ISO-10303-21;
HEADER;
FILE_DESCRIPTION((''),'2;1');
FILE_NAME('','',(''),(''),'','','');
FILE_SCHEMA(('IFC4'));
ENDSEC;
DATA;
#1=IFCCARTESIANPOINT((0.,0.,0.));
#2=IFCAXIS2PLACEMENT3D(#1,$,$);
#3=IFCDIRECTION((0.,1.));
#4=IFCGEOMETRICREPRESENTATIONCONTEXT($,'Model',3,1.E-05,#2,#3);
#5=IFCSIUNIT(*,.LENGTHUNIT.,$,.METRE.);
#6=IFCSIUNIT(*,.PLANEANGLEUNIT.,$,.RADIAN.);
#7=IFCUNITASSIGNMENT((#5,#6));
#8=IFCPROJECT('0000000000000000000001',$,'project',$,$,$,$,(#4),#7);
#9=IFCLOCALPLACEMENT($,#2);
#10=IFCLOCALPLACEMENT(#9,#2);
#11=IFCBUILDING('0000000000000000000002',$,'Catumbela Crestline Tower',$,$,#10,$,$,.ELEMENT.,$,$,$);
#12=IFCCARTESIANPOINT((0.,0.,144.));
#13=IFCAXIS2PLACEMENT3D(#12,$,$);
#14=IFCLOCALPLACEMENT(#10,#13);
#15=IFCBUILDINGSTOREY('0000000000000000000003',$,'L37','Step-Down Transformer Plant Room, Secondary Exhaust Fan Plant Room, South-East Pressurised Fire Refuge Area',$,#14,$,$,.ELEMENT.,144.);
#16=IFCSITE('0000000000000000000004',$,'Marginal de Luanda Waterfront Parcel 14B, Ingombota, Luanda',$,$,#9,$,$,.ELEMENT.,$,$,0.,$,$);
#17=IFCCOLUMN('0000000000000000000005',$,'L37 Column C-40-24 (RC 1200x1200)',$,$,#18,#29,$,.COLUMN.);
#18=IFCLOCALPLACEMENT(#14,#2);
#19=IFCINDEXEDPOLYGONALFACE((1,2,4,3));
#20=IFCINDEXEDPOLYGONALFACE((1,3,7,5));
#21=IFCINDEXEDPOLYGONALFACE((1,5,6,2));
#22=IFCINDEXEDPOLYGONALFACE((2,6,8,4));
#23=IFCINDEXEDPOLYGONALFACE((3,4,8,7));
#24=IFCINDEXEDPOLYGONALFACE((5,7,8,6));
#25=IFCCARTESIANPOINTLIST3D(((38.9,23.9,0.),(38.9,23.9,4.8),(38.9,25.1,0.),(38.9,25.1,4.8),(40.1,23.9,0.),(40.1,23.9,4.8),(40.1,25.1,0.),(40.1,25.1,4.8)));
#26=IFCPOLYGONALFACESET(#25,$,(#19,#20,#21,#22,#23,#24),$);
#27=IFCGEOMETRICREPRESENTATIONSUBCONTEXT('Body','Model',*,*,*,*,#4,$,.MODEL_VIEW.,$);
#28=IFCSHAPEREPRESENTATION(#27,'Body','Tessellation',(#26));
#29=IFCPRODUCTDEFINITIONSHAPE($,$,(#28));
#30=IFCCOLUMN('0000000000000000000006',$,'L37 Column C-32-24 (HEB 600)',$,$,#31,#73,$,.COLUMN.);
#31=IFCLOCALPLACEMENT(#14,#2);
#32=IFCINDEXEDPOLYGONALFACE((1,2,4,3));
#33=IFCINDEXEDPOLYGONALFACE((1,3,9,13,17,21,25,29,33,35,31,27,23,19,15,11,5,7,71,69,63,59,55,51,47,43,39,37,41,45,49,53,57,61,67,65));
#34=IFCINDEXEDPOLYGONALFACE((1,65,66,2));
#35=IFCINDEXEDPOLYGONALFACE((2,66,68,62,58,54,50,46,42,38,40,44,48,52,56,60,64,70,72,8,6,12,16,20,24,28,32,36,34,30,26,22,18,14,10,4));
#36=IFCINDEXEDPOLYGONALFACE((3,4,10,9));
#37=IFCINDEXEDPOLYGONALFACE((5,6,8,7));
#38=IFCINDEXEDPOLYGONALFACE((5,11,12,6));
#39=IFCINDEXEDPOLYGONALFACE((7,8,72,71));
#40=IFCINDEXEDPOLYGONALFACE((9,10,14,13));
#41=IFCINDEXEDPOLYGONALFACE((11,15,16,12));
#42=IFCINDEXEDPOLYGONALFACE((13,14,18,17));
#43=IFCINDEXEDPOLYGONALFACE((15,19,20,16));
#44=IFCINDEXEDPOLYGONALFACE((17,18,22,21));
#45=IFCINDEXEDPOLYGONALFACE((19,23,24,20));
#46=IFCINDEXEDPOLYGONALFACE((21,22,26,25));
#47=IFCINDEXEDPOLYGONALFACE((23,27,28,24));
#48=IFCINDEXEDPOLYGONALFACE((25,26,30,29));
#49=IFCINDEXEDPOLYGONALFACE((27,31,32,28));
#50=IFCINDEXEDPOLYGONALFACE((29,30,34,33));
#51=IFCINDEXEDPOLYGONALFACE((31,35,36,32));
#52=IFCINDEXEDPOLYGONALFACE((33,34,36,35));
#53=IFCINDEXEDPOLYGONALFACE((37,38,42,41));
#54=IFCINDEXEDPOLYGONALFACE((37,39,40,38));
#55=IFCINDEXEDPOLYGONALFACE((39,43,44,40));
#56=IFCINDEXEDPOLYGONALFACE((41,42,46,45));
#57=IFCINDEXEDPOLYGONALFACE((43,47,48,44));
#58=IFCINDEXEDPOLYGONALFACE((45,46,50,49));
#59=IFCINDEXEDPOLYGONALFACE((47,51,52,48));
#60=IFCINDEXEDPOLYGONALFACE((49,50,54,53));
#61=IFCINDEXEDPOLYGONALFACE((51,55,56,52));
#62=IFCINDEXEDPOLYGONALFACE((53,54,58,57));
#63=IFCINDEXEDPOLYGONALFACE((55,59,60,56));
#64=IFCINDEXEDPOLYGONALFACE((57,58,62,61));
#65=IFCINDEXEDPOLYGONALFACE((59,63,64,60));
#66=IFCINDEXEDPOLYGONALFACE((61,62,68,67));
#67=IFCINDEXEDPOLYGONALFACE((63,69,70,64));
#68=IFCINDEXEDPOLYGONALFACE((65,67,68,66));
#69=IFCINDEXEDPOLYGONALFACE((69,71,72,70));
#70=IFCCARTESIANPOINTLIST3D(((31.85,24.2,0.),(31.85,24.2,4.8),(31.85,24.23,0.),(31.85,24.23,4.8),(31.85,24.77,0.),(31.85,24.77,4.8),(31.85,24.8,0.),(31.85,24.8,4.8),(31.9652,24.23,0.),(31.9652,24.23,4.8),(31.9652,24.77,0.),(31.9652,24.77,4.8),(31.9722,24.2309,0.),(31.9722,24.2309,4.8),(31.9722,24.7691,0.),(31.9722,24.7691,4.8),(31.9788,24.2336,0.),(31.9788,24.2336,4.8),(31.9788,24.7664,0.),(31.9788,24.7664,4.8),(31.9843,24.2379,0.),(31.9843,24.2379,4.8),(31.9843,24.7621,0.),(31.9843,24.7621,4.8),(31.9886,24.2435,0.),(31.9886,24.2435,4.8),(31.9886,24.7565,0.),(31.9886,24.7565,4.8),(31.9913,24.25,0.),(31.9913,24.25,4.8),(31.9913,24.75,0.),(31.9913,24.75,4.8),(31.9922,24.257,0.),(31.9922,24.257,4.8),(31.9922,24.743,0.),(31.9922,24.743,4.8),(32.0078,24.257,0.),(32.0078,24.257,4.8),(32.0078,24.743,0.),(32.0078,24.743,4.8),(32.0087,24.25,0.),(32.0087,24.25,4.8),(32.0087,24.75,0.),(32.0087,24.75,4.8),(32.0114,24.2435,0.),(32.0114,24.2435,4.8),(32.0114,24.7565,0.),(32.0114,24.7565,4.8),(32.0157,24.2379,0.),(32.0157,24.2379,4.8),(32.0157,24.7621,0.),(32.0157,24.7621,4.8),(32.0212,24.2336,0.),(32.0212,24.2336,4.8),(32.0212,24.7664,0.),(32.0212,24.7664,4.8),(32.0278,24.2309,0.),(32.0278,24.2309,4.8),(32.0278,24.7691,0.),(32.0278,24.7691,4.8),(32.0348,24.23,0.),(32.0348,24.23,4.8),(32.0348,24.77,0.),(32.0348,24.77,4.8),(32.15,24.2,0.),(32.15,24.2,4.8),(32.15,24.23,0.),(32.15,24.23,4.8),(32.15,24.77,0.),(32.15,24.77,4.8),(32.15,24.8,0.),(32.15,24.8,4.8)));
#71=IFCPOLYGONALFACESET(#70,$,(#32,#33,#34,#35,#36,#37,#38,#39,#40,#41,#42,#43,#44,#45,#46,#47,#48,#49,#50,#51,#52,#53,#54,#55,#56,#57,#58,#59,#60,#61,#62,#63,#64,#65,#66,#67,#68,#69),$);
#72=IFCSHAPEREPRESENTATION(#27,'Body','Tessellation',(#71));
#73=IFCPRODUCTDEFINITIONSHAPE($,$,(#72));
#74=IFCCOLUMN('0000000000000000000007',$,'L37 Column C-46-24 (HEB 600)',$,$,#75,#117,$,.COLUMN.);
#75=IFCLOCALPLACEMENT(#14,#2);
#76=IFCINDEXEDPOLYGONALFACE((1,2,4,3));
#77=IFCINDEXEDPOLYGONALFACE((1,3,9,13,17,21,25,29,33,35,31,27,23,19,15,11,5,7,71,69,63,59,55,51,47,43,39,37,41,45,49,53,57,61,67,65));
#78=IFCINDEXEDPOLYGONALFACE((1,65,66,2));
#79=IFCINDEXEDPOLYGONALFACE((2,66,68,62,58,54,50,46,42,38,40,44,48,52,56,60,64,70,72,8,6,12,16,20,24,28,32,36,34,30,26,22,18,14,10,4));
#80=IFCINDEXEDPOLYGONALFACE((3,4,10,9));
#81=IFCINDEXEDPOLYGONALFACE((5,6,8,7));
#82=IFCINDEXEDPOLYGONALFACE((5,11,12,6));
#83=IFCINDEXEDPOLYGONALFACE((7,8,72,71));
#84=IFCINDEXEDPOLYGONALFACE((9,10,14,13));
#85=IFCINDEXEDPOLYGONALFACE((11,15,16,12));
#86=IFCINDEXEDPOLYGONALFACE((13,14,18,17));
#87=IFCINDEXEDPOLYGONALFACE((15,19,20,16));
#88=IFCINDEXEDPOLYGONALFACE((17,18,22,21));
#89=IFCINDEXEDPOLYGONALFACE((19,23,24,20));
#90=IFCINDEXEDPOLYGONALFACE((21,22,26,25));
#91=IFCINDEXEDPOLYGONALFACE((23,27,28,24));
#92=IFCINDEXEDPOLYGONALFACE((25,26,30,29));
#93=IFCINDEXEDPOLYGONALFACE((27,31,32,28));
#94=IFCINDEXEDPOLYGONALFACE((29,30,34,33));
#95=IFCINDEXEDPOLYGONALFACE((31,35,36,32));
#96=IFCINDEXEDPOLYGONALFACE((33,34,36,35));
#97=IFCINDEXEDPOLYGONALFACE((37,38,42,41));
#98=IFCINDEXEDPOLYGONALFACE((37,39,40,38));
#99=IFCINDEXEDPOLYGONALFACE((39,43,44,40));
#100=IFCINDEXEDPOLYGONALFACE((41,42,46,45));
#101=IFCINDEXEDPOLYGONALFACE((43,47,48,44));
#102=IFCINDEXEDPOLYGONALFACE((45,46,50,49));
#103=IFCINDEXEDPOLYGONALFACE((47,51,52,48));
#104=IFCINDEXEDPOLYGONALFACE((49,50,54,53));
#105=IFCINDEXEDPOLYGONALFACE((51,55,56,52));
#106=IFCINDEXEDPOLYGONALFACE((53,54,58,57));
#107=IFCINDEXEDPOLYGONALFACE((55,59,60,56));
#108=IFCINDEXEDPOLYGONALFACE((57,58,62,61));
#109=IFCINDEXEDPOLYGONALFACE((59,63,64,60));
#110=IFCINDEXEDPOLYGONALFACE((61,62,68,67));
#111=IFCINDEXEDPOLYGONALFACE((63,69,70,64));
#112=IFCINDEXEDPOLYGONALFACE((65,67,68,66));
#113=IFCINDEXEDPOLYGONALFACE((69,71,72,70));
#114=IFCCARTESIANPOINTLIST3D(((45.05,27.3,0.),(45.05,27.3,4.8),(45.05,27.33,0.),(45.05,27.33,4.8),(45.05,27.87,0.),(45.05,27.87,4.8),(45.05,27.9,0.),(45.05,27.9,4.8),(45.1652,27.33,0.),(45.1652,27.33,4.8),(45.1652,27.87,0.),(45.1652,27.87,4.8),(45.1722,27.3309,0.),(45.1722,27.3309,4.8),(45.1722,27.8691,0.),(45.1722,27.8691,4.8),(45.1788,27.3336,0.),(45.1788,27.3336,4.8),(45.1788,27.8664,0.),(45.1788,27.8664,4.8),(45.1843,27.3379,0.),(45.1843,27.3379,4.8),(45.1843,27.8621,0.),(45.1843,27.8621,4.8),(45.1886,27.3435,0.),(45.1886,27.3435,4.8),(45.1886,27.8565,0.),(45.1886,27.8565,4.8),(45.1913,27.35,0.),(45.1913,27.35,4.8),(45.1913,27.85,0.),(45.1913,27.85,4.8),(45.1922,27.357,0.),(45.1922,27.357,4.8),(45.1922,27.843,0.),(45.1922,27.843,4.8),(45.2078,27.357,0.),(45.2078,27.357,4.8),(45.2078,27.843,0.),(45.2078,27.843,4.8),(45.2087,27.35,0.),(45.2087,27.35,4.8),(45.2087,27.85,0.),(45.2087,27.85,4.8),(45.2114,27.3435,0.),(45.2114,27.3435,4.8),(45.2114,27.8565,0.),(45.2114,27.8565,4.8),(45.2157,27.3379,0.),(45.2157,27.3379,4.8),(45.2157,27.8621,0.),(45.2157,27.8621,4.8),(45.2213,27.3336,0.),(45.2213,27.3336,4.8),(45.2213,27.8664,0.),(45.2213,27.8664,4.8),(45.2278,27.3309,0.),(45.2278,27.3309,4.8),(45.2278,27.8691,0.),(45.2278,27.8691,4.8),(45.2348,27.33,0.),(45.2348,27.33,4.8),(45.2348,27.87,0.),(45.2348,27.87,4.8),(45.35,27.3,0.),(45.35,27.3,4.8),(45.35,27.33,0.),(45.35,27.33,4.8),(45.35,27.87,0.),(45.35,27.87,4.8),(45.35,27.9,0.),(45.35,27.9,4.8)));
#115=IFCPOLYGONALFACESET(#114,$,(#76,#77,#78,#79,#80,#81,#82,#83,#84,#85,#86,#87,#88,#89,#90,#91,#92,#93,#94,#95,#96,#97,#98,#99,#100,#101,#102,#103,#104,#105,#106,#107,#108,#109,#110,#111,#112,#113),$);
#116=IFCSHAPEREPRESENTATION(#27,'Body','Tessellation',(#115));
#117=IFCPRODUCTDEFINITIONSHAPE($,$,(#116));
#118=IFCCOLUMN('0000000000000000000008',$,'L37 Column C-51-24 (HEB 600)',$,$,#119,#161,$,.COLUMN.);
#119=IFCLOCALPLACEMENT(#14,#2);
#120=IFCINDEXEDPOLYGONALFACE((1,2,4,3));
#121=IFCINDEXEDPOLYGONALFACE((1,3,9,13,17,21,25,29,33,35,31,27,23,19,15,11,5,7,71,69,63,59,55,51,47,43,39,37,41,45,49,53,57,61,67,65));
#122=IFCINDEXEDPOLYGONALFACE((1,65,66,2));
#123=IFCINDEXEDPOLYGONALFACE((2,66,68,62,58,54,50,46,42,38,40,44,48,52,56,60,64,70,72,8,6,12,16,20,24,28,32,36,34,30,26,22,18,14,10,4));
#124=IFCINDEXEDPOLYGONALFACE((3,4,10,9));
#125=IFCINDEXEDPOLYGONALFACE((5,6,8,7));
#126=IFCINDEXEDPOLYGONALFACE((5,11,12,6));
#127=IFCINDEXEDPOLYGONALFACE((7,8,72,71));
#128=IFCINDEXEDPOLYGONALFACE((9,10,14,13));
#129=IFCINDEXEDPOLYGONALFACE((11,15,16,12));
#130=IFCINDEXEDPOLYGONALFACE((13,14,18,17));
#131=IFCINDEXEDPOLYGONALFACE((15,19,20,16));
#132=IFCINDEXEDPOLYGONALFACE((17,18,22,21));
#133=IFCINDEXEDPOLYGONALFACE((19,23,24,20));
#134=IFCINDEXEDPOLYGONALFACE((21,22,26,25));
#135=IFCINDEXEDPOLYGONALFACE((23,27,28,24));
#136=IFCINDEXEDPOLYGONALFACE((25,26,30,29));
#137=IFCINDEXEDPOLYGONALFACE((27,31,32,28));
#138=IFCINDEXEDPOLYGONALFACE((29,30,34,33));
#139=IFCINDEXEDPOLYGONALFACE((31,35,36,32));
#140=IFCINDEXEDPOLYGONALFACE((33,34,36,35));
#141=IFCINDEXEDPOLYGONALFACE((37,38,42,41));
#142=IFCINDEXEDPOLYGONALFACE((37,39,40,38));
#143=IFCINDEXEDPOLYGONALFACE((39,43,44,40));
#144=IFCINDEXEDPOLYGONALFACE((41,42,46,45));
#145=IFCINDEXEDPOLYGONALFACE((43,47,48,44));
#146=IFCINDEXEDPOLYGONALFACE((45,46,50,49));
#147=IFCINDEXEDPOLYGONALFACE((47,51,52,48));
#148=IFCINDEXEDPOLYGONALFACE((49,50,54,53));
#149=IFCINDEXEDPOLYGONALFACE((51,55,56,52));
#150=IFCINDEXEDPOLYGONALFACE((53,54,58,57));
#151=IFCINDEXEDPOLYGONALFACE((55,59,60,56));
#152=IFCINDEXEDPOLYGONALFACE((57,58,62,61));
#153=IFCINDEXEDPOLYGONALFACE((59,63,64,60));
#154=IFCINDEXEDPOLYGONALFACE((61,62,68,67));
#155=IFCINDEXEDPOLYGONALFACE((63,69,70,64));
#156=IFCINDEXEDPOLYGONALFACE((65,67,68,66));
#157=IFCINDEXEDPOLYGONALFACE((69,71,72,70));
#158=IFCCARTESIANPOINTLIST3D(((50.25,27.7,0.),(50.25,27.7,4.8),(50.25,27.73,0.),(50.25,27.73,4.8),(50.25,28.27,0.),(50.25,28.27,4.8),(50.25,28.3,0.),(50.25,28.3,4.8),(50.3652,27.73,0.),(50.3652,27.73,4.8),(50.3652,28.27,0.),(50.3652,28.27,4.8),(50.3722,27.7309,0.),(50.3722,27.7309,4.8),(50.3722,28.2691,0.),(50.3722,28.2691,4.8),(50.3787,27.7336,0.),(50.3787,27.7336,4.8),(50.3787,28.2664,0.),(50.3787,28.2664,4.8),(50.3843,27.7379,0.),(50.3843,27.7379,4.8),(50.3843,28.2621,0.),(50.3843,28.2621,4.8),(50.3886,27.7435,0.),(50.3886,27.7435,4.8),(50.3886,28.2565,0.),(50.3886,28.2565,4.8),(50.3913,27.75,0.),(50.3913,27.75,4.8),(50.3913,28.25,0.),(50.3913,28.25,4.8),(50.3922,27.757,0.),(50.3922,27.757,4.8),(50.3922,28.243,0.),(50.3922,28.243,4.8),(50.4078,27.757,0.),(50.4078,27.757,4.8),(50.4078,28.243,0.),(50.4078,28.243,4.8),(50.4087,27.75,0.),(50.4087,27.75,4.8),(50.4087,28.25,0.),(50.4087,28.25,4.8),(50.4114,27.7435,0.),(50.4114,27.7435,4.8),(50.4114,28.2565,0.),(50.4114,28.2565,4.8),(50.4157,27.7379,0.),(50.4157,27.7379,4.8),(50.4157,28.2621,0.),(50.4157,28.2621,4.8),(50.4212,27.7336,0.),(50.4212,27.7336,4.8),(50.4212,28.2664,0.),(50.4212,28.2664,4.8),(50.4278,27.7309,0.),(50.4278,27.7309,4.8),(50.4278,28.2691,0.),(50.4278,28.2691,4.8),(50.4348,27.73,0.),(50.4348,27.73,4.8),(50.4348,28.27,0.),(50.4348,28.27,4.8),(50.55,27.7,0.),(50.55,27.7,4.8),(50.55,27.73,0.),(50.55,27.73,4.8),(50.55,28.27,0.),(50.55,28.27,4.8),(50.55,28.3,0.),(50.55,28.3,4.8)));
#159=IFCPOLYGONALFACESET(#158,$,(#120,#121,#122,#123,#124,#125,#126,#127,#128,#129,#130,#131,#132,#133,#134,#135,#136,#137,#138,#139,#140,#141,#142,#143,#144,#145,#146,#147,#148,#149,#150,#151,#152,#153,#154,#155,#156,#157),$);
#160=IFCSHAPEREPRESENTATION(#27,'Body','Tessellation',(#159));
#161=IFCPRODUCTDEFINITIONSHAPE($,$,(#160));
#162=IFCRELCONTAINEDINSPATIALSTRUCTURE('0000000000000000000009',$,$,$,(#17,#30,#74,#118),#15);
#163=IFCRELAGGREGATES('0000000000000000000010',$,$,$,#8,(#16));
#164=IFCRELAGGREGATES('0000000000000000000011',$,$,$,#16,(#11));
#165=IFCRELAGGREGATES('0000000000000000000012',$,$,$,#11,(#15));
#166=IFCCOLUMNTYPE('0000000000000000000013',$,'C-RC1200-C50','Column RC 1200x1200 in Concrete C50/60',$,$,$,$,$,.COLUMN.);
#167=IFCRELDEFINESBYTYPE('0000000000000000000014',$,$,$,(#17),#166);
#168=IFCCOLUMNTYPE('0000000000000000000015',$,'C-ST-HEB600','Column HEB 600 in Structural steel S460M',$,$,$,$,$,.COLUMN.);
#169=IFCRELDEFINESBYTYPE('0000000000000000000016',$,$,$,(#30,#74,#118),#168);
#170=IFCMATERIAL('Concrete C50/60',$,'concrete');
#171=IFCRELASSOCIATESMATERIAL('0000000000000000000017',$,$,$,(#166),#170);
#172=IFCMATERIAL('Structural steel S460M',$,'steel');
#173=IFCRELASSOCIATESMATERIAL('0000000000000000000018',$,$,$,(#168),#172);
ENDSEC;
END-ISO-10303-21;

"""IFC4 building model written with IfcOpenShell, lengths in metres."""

from ifc_helpers import new_model, si_unit, direction, frame, origin, origin_2d, place, context, subcontext, project, spatial, rectangle, i_section, extrude, material, material_profile, profile_set, type_object, element, save


model = new_model("IFC4")

# Units and contexts
model_context = context("Model", 3, precision=1e-05, world=origin(), true_north=direction((0.0, 1.0)))
body_context = subcontext(model_context, "Body", "Model", "MODEL_VIEW")
ifc_project = project(units=[si_unit("LENGTHUNIT", "METRE"), si_unit("PLANEANGLEUNIT", "RADIAN")], contexts=[model_context])

# Site, building, storey
site_placement = place(None, origin())
site = spatial("IfcSite", under=ifc_project, at=site_placement, Name="Marginal de Luanda Waterfront Parcel 14B, Ingombota, Luanda", CompositionType="ELEMENT", RefElevation=0.0)
building_placement = place(site_placement, origin())
building = spatial("IfcBuilding", under=site, at=building_placement, Name="Catumbela Crestline Tower", CompositionType="ELEMENT")
storey_placement = place(building_placement, frame((0.0, 0.0, 144.0)))
storey = spatial("IfcBuildingStorey", under=building, at=storey_placement, Name="L37", Description="Step-Down Transformer Plant Room, Secondary Exhaust Fan Plant Room, South-East Pressurised Fire Refuge Area", CompositionType="ELEMENT", Elevation=144.0)

# Columns
ifc_material_1 = material(Name="Concrete C50/60", Category="concrete")
ifc_material_profile_1 = material_profile(ifc_material_1, rectangle(XDim=1.2, YDim=1.2, at=origin_2d()), Name="RC 1200x1200")
ifc_profile_set_1 = profile_set([ifc_material_profile_1], Name="Concrete C50/60")
column_type_1 = type_object("IfcColumnType", Name="C-RC1200-C50", Description="Column RC 1200x1200 in Concrete C50/60", PredefinedType="COLUMN", material=ifc_profile_set_1)
column_placement = place(storey_placement, frame((39.5, 24.5, 0.0), z_axis=(0.0, 0.0, 1.0), x_axis=(1.0, 0.0, 0.0)))
element("IfcColumn", 1, at=column_placement, inside=storey, type_object=column_type_1, Name="L37 Column C-40-24 (RC 1200x1200)", PredefinedType="COLUMN", context=body_context, shape_type="SweptSolid", body=[
    extrude(rectangle(XDim=1.2, YDim=1.2, at=origin_2d()), origin(), (0.0, 0.0, 1.0), 4.8),
])
ifc_material_2 = material(Name="Structural steel S460M", Category="steel")
ifc_material_profile_2 = material_profile(ifc_material_2, i_section(OverallWidth=0.3, OverallDepth=0.6, WebThickness=0.0155, FlangeThickness=0.03, FilletRadius=0.027, at=origin_2d()), Name="HEB 600")
ifc_profile_set_2 = profile_set([ifc_material_profile_2], Name="Structural steel S460M")
column_type_2 = type_object("IfcColumnType", Name="C-ST-HEB600", Description="Column HEB 600 in Structural steel S460M", PredefinedType="COLUMN", material=ifc_profile_set_2)
for number, where, z_axis, x_axis, name in (
    (2, (32.0, 24.5, 0.0), (0.0, 0.0, 1.0), (1.0, 0.0, 0.0), "L37 Column C-32-24 (HEB 600)"),
    (3, (45.2, 27.6, 0.0), (0.0, 0.0, 1.0), (1.0, 0.0, 0.0), "L37 Column C-46-24 (HEB 600)"),
    (4, (50.4, 28.0, 0.0), (0.0, 0.0, 1.0), (1.0, 0.0, 0.0), "L37 Column C-51-24 (HEB 600)"),
):
    element("IfcColumn", number, at=place(storey_placement, frame(where, z_axis=z_axis, x_axis=x_axis)), inside=storey, type_object=column_type_2, Name=name, PredefinedType="COLUMN", context=body_context, shape_type="SweptSolid", body=[
        extrude(i_section(OverallWidth=0.3, OverallDepth=0.6, WebThickness=0.0155, FlangeThickness=0.03, FilletRadius=0.027, at=origin_2d()), origin(), (0.0, 0.0, 1.0), 4.8),
    ])

save(model, "model.ifc")
